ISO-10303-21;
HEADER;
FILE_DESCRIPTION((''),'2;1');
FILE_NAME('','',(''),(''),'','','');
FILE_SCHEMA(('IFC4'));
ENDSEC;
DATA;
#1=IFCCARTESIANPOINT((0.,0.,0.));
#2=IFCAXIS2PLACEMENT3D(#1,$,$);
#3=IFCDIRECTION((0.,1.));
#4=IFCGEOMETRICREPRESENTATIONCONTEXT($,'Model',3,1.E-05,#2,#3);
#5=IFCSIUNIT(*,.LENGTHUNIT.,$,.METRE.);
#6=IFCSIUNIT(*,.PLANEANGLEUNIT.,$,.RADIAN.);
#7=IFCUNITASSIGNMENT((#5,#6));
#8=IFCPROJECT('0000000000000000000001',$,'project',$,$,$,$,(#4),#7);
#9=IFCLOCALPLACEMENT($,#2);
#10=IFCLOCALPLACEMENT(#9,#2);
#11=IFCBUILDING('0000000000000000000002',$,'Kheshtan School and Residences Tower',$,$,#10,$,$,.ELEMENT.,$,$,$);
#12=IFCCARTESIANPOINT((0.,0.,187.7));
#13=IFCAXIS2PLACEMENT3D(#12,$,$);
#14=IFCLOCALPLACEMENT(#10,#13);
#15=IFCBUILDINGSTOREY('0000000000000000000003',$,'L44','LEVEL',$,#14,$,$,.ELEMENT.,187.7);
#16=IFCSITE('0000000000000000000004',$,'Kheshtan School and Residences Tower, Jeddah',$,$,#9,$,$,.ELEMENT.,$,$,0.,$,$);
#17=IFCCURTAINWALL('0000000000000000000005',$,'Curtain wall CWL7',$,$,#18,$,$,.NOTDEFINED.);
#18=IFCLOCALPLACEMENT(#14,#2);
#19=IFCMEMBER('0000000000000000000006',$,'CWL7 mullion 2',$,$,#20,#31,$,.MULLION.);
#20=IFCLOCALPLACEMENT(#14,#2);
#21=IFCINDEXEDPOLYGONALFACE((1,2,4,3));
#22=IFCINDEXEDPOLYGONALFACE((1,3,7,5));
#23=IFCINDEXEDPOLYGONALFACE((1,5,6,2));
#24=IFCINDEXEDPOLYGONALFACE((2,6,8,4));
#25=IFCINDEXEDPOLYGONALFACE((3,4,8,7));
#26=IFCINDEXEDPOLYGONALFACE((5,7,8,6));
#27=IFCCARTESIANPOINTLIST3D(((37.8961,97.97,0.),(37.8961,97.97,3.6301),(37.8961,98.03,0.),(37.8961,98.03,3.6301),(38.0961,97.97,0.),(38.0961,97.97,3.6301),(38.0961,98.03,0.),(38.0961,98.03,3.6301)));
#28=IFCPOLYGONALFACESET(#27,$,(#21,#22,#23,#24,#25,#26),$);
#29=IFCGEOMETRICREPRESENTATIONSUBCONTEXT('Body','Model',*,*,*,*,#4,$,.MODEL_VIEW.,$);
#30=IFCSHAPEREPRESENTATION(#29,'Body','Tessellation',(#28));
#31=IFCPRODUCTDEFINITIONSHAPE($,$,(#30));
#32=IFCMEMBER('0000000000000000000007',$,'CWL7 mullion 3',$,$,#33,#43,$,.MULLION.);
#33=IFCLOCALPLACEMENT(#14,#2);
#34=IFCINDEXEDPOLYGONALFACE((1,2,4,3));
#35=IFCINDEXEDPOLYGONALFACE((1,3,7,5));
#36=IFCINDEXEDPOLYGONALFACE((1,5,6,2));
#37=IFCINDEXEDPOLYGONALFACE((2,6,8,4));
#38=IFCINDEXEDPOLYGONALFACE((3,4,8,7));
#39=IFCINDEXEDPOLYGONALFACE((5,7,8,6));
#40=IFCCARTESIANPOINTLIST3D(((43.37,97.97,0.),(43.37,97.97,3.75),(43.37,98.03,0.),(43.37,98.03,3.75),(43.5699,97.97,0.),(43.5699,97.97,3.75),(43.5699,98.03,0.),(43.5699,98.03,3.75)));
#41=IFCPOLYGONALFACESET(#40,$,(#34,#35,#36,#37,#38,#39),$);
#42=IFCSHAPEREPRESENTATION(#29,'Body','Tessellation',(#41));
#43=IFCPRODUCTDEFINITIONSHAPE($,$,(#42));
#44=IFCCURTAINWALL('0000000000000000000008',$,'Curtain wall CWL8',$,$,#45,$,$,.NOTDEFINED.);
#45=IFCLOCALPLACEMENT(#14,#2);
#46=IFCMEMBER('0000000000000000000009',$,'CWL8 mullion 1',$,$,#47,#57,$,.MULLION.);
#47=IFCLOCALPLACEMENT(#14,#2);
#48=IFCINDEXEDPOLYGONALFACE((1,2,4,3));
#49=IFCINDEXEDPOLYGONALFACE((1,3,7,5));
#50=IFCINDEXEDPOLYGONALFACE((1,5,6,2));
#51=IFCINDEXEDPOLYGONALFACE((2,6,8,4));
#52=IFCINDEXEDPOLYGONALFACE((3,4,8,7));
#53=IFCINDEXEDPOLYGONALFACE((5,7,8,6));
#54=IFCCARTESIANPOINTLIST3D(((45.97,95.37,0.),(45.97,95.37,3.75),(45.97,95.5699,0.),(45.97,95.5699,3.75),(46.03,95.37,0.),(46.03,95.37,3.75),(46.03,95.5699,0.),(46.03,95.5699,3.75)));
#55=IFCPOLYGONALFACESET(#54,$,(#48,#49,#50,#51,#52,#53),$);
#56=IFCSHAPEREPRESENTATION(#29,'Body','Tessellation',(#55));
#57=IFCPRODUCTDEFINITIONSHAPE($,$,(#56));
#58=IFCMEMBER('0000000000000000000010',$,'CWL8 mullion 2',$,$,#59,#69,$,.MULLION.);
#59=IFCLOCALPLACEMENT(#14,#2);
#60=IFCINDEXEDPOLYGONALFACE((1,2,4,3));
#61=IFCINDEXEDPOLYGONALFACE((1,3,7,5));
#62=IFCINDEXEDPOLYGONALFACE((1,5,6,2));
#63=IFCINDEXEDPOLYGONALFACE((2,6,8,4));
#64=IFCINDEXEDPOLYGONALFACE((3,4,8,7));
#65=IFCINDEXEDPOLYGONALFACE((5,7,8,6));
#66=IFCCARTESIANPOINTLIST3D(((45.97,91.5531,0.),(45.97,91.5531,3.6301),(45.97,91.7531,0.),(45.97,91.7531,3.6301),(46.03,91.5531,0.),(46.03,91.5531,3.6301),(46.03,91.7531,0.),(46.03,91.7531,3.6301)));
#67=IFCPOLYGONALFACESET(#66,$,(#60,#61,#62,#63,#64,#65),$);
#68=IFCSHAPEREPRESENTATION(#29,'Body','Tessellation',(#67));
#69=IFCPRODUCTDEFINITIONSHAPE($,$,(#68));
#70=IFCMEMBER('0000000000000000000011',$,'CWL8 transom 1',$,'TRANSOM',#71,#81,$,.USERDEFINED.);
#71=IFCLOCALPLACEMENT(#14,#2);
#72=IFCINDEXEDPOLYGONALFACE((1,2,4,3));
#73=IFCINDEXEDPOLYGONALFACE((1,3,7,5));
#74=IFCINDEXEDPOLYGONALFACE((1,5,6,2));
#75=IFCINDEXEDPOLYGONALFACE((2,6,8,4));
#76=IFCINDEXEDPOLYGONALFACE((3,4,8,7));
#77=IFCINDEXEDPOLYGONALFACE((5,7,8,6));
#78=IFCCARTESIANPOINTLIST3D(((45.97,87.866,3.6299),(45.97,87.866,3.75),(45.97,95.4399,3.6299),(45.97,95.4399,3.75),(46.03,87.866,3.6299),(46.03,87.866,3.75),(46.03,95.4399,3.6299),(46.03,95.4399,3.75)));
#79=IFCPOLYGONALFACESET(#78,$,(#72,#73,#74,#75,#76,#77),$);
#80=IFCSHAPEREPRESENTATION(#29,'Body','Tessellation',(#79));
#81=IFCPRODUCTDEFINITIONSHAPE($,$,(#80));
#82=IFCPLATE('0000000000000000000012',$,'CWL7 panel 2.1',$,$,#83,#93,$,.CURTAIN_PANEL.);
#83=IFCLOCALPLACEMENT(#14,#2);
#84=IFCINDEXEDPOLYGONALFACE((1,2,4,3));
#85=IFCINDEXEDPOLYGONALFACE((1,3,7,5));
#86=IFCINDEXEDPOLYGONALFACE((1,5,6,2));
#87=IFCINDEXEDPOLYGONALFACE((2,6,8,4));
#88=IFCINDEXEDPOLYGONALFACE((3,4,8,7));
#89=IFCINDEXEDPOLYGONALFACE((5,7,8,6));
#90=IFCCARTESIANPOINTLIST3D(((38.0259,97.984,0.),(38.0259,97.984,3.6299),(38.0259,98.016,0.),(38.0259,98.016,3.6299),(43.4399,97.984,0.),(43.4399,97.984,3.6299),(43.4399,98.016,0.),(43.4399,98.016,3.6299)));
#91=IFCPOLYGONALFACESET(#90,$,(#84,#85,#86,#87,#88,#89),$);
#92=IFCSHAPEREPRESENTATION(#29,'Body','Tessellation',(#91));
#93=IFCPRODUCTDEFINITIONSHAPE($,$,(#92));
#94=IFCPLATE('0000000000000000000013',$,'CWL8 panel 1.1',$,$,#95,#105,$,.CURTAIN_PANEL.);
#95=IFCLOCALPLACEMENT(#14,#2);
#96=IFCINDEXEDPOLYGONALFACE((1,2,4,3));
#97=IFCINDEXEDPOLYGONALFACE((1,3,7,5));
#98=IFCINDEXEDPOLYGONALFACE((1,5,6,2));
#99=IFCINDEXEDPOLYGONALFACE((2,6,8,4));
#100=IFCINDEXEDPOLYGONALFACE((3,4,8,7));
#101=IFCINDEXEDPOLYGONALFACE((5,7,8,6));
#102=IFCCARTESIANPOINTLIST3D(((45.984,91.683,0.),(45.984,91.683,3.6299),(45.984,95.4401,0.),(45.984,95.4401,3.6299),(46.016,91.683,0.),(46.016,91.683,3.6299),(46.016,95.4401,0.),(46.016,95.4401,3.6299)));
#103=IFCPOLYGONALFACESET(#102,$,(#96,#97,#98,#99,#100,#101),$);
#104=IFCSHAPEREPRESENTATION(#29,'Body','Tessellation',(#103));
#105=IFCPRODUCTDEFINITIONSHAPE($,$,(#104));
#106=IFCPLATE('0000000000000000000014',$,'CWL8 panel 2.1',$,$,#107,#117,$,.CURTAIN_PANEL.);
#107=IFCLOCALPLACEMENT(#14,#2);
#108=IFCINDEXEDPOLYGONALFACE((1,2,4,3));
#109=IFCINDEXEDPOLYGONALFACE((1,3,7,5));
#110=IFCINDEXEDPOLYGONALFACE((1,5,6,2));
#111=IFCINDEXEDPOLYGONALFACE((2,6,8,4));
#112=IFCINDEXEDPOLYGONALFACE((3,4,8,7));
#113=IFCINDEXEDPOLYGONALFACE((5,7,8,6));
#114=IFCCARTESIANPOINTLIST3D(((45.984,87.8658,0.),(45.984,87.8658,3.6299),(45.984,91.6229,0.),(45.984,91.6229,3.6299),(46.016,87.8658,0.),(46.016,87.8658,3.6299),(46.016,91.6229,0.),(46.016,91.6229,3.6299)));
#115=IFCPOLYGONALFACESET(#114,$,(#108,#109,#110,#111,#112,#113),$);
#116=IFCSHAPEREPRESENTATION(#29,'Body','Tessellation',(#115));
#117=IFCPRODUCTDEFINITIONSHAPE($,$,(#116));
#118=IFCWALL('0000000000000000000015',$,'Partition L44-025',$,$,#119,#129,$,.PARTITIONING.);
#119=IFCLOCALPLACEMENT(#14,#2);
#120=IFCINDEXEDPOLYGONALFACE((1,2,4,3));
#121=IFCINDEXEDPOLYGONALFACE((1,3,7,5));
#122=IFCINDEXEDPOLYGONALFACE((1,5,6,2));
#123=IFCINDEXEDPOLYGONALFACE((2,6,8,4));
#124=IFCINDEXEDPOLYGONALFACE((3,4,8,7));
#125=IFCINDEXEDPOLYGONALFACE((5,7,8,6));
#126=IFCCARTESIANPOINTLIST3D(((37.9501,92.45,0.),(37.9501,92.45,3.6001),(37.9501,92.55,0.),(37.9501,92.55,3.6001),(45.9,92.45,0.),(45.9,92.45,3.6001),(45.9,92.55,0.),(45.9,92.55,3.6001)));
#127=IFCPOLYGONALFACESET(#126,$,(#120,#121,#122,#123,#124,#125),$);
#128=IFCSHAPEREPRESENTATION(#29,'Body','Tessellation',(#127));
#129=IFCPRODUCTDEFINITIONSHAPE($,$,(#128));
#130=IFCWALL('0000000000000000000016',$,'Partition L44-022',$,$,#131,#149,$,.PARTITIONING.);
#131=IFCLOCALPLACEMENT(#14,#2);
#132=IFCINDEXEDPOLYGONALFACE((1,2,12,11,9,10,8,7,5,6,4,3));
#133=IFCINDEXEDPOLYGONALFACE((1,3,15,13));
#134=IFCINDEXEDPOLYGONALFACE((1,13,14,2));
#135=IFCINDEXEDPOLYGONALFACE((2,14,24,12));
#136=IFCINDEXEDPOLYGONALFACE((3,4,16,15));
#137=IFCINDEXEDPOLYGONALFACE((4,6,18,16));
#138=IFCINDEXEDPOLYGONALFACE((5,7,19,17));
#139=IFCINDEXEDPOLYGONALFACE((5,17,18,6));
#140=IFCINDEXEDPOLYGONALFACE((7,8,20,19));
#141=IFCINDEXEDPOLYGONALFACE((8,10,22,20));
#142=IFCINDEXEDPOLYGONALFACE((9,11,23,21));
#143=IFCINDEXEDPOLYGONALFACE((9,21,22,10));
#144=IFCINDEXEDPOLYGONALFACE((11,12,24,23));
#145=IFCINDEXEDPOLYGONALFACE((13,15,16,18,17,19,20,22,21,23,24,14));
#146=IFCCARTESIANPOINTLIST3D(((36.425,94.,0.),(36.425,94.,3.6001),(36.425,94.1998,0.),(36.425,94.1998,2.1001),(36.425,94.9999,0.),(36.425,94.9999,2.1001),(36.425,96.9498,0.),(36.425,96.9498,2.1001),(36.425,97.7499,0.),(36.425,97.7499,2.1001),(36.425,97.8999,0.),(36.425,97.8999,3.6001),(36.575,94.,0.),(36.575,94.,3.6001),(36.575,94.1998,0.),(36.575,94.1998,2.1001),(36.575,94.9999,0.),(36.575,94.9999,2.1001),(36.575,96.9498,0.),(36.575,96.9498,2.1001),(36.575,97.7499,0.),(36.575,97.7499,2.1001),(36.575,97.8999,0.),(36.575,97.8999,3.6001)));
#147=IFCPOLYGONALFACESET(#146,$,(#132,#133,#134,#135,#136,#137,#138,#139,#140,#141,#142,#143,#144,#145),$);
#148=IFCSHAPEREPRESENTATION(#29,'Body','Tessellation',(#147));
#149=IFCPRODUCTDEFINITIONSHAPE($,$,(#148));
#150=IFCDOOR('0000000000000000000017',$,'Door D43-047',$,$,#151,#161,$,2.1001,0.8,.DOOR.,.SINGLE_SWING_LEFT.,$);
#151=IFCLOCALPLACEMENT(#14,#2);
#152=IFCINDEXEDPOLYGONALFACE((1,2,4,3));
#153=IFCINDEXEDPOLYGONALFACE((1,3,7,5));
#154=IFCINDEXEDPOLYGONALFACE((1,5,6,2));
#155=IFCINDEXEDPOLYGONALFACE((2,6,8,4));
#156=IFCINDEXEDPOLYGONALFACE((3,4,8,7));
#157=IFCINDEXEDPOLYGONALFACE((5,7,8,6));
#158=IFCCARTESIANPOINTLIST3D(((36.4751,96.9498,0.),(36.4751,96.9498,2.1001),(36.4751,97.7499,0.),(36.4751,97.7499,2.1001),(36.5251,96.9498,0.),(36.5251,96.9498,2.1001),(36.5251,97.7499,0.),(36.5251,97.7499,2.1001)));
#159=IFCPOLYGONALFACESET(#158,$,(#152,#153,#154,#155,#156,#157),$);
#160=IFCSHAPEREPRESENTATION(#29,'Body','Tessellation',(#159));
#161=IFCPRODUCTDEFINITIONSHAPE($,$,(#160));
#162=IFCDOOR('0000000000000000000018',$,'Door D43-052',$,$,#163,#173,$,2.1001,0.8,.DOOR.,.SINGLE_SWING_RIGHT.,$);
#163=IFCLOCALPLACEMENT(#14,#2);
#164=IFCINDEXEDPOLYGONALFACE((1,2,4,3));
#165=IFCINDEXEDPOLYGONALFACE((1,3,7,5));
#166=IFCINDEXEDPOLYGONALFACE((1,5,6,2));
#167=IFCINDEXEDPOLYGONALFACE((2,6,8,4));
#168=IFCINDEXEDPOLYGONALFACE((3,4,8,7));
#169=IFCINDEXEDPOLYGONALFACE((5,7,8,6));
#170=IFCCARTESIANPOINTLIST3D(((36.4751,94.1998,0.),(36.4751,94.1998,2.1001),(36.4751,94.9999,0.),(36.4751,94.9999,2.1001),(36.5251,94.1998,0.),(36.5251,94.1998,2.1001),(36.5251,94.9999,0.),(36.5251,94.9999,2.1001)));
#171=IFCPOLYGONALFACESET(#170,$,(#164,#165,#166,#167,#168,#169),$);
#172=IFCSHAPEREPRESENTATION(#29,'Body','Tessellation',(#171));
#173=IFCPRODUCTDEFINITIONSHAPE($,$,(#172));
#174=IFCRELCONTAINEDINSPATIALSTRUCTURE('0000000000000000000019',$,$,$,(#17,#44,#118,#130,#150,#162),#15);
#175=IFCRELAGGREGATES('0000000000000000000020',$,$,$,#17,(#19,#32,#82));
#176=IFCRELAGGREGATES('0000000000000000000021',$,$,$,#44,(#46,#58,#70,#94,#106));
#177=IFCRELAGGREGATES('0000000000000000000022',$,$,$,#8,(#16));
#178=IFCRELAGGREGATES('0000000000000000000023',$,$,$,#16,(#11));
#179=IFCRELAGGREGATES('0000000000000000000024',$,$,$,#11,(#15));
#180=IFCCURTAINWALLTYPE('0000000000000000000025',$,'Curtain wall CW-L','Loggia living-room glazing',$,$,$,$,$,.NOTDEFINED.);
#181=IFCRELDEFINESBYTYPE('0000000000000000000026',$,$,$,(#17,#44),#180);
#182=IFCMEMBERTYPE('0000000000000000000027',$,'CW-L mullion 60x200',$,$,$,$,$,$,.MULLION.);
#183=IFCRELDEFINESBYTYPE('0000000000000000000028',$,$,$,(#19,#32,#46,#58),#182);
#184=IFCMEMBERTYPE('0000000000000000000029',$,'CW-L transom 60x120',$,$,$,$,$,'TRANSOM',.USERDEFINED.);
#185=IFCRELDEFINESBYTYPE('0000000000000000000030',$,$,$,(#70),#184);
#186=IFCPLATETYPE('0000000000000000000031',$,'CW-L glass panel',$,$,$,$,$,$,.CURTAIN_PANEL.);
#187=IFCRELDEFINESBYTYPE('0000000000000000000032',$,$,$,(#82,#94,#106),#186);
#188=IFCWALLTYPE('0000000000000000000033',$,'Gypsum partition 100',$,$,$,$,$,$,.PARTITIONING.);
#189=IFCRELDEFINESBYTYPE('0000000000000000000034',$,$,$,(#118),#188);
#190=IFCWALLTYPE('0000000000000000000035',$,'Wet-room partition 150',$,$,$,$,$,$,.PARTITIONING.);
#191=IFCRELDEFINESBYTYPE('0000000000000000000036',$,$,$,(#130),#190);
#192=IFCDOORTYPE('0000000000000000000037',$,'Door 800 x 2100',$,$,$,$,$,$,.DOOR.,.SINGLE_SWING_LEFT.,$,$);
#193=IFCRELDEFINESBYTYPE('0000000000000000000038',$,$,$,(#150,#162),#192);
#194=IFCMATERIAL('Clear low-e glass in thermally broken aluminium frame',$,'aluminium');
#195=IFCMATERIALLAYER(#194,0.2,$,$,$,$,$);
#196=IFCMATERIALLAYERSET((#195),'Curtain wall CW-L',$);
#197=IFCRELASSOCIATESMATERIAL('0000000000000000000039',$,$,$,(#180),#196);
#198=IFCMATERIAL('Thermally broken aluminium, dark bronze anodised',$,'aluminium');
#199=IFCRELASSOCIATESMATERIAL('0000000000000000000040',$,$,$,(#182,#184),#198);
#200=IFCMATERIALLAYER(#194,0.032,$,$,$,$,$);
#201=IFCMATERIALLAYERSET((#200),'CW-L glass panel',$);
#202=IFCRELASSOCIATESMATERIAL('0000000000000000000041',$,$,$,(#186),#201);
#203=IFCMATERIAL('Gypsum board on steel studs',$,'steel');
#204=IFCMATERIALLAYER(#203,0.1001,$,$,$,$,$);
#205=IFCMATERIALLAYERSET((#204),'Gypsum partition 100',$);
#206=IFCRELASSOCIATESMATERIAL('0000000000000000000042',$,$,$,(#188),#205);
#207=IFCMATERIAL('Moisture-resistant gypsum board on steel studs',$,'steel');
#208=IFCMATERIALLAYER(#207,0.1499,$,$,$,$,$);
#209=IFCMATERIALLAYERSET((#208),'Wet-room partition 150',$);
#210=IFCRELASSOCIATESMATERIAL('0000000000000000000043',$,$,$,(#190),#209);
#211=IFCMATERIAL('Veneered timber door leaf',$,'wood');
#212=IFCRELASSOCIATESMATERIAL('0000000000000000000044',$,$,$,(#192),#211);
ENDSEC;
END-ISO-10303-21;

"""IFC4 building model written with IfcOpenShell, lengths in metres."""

from ifc_helpers import new_model, si_unit, direction, frame, frame_2d, origin, origin_2d, place, context, subcontext, project, spatial, rectangle, extrude, source, transform, mapped, material, layer, layer_set, material_profile, profile_set, type_object, element, fill, aggregate, save


model = new_model("IFC4")

# Units and contexts
model_context = context("Model", 3, precision=1e-05, world=origin(), true_north=direction((0.0, 1.0)))
body_context = subcontext(model_context, "Body", "Model", "MODEL_VIEW")
ifc_project = project(units=[si_unit("LENGTHUNIT", "METRE"), si_unit("PLANEANGLEUNIT", "RADIAN")], contexts=[model_context])

# Site, building, storey
site_placement = place(None, origin())
site = spatial("IfcSite", under=ifc_project, at=site_placement, Name="Kheshtan School and Residences Tower, Jeddah", CompositionType="ELEMENT", RefElevation=0.0)
building_placement = place(site_placement, origin())
building = spatial("IfcBuilding", under=site, at=building_placement, Name="Kheshtan School and Residences Tower", CompositionType="ELEMENT")
storey_placement = place(building_placement, frame((0.0, 0.0, 187.7)))
storey = spatial("IfcBuildingStorey", under=building, at=storey_placement, Name="L44", Description="LEVEL", CompositionType="ELEMENT", Elevation=187.7)

# Curtain walls, members
ifc_material_1 = material(Name="Clear low-e glass in thermally broken aluminium frame", Category="aluminium")
ifc_layer_1 = layer(ifc_material_1, 0.2)
ifc_layer_set_1 = layer_set([ifc_layer_1], Name="Curtain wall CW-L")
curtain_wall_type = type_object("IfcCurtainWallType", Name="Curtain wall CW-L", Description="Loggia living-room glazing", PredefinedType="NOTDEFINED", material=ifc_layer_set_1)
curtain_wall_1_placement = place(storey_placement, origin())
curtain_wall_1 = element("IfcCurtainWall", 1, at=curtain_wall_1_placement, inside=storey, type_object=curtain_wall_type, Name="Curtain wall CWL7", PredefinedType="NOTDEFINED")
ifc_material_2 = material(Name="Thermally broken aluminium, dark bronze anodised", Category="aluminium")
ifc_material_profile_1 = material_profile(ifc_material_2, rectangle(XDim=0.0601, YDim=0.2, at=origin_2d()), Name="CW-L mullion 60x200")
ifc_profile_set_1 = profile_set([ifc_material_profile_1], Name="Thermally broken aluminium, dark bronze anodised")
member_type_1 = type_object("IfcMemberType", Name="CW-L mullion 60x200", PredefinedType="MULLION", material=ifc_profile_set_1)
member_1_placement = place(storey_placement, frame((37.9961, 98.0, 0.0), z_axis=(0.0, 0.0, 1.0), x_axis=(0.0, 1.0, 0.0)))
member_1 = element("IfcMember", 2, at=member_1_placement, type_object=member_type_1, Name="CWL7 mullion 2", PredefinedType="MULLION", context=body_context, shape_type="SweptSolid", body=[
    extrude(rectangle(XDim=0.0601, YDim=0.2, at=origin_2d()), origin(), (0.0, 0.0, 1.0), 3.6301),
])
member_2_placement = place(storey_placement, frame((43.47, 98.0, 0.0), z_axis=(0.0, 0.0, 1.0), x_axis=(0.0, 1.0, 0.0)))
member_2 = element("IfcMember", 3, at=member_2_placement, type_object=member_type_1, Name="CWL7 mullion 3", PredefinedType="MULLION", context=body_context, shape_type="SweptSolid", body=[
    extrude(rectangle(XDim=0.0601, YDim=0.2, at=origin_2d()), origin(), (0.0, 0.0, 1.0), 3.75),
])
curtain_wall_2_placement = place(storey_placement, origin())
curtain_wall_2 = element("IfcCurtainWall", 4, at=curtain_wall_2_placement, inside=storey, type_object=curtain_wall_type, Name="Curtain wall CWL8", PredefinedType="NOTDEFINED")
member_3_placement = place(storey_placement, frame((46.0, 95.47, 0.0), z_axis=(0.0, 0.0, 1.0), x_axis=(1.0, 0.0, 0.0)))
member_3 = element("IfcMember", 5, at=member_3_placement, type_object=member_type_1, Name="CWL8 mullion 1", PredefinedType="MULLION", context=body_context, shape_type="SweptSolid", body=[
    extrude(rectangle(XDim=0.0601, YDim=0.2, at=origin_2d()), origin(), (0.0, 0.0, 1.0), 3.75),
])
member_4_placement = place(storey_placement, frame((46.0, 91.6531, 0.0), z_axis=(0.0, 0.0, 1.0), x_axis=(1.0, 0.0, 0.0)))
member_4 = element("IfcMember", 6, at=member_4_placement, type_object=member_type_1, Name="CWL8 mullion 2", PredefinedType="MULLION", context=body_context, shape_type="SweptSolid", body=[
    extrude(rectangle(XDim=0.0601, YDim=0.2, at=origin_2d()), origin(), (0.0, 0.0, 1.0), 3.6301),
])
ifc_material_profile_2 = material_profile(ifc_material_2, rectangle(XDim=0.0601, YDim=0.1201, at=origin_2d()), Name="CW-L transom 60x120")
ifc_profile_set_2 = profile_set([ifc_material_profile_2], Name="Thermally broken aluminium, dark bronze anodised")
member_type_2 = type_object("IfcMemberType", Name="CW-L transom 60x120", ElementType="TRANSOM", PredefinedType="USERDEFINED", material=ifc_profile_set_2)
member_5_placement = place(storey_placement, frame((46.0, 95.4399, 3.6899), z_axis=(0.0, -1.0, 0.0), x_axis=(1.0, 0.0, 0.0)))
member_5 = element("IfcMember", 7, at=member_5_placement, type_object=member_type_2, Name="CWL8 transom 1", ObjectType="TRANSOM", PredefinedType="USERDEFINED", context=body_context, shape_type="SweptSolid", body=[
    extrude(rectangle(XDim=0.0601, YDim=0.1201, at=origin_2d()), origin(), (0.0, 0.0, 1.0), 7.574),
])

# Plates
ifc_layer_2 = layer(ifc_material_1, 0.032)
ifc_layer_set_2 = layer_set([ifc_layer_2], Name="CW-L glass panel")
plate_type = type_object("IfcPlateType", Name="CW-L glass panel", PredefinedType="CURTAIN_PANEL", material=ifc_layer_set_2)
plate_1_placement = place(storey_placement, frame((40.7329, 98.0, 0.0), z_axis=(0.0, 0.0, 1.0), x_axis=(1.0, 0.0, 0.0)))
plate_1 = element("IfcPlate", 8, at=plate_1_placement, type_object=plate_type, Name="CWL7 panel 2.1", PredefinedType="CURTAIN_PANEL", context=body_context, shape_type="SweptSolid", body=[
    extrude(rectangle(XDim=5.4141, YDim=0.032, at=origin_2d()), origin(), (0.0, 0.0, 1.0), 3.6299),
])
aggregate(curtain_wall_1, [member_1, member_2, plate_1])
plate_2_placement = place(storey_placement, frame((46.0, 93.5615, 0.0), z_axis=(0.0, 0.0, 1.0), x_axis=(0.0, -1.0, 0.0)))
plate_2 = element("IfcPlate", 9, at=plate_2_placement, type_object=plate_type, Name="CWL8 panel 1.1", PredefinedType="CURTAIN_PANEL", context=body_context, shape_type="SweptSolid", body=[
    extrude(rectangle(XDim=3.7571, YDim=0.032, at=origin_2d()), origin(), (0.0, 0.0, 1.0), 3.6299),
])
plate_3_placement = place(storey_placement, frame((46.0, 89.7444, 0.0), z_axis=(0.0, 0.0, 1.0), x_axis=(0.0, -1.0, 0.0)))
plate_3 = element("IfcPlate", 10, at=plate_3_placement, type_object=plate_type, Name="CWL8 panel 2.1", PredefinedType="CURTAIN_PANEL", context=body_context, shape_type="SweptSolid", body=[
    extrude(rectangle(XDim=3.7571, YDim=0.032, at=origin_2d()), origin(), (0.0, 0.0, 1.0), 3.6299),
])
aggregate(curtain_wall_2, [member_3, member_4, member_5, plate_2, plate_3])

# Wall
ifc_material_3 = material(Name="Gypsum board on steel studs", Category="steel")
ifc_layer_3 = layer(ifc_material_3, 0.1001)
ifc_layer_set_3 = layer_set([ifc_layer_3], Name="Gypsum partition 100")
wall_type_1 = type_object("IfcWallType", Name="Gypsum partition 100", PredefinedType="PARTITIONING", material=ifc_layer_set_3)
wall_1_placement = place(storey_placement, frame((37.95, 92.5, 0.0), z_axis=(0.0, 0.0, 1.0), x_axis=(1.0, 0.0, 0.0)))
element("IfcWall", 11, at=wall_1_placement, inside=storey, type_object=wall_type_1, Name="Partition L44-025", PredefinedType="PARTITIONING", context=body_context, shape_type="SweptSolid", body=[
    extrude(rectangle(XDim=7.95, YDim=0.1001, at=frame_2d((3.9751, 0.0))), origin(), (0.0, 0.0, 1.0), 3.6001),
])

# Wall, openings, doors
ifc_material_4 = material(Name="Moisture-resistant gypsum board on steel studs", Category="steel")
ifc_layer_4 = layer(ifc_material_4, 0.1499)
ifc_layer_set_4 = layer_set([ifc_layer_4], Name="Wet-room partition 150")
wall_type_2 = type_object("IfcWallType", Name="Wet-room partition 150", PredefinedType="PARTITIONING", material=ifc_layer_set_4)
wall_2_placement = place(storey_placement, frame((36.5, 94.0, 0.0), z_axis=(0.0, 0.0, 1.0), x_axis=(0.0, 1.0, 0.0)))
wall_2 = element("IfcWall", 12, at=wall_2_placement, inside=storey, type_object=wall_type_2, Name="Partition L44-022", PredefinedType="PARTITIONING", context=body_context, shape_type="SweptSolid", body=[
    extrude(rectangle(XDim=3.8999, YDim=0.1499, at=frame_2d((1.95, 0.0))), origin(), (0.0, 0.0, 1.0), 3.6001),
])
opening_1_placement = place(wall_2_placement, frame((2.95, 0.0, 0.0)))
opening_1 = element("IfcOpeningElement", 13, at=opening_1_placement, cuts=wall_2, PredefinedType="OPENING", context=body_context, shape_type="SweptSolid", body=[
    extrude(rectangle(XDim=0.8, YDim=2.1001, at=frame_2d((0.3999, 1.05))), frame((0.0, 0.085, 0.0), z_axis=(0.0, -1.0, 0.0), x_axis=(1.0, 0.0, 0.0)), (0.0, 0.0, 1.0), 0.1699),
])
opening_2_placement = place(wall_2_placement, frame((0.2, 0.0, 0.0)))
opening_2 = element("IfcOpeningElement", 14, at=opening_2_placement, cuts=wall_2, PredefinedType="OPENING", context=body_context, shape_type="SweptSolid", body=[
    extrude(rectangle(XDim=0.8, YDim=2.1001, at=frame_2d((0.3999, 1.05))), frame((0.0, 0.085, 0.0), z_axis=(0.0, -1.0, 0.0), x_axis=(1.0, 0.0, 0.0)), (0.0, 0.0, 1.0), 0.1699),
])
ifc_material_5 = material(Name="Veneered timber door leaf", Category="wood")
door_type_1 = type_object("IfcDoorType", Name="Door 800 x 2100", OperationType="SINGLE_SWING_LEFT", PredefinedType="DOOR", material=ifc_material_5)
shared_shape_1 = source(origin(), body_context, "Body", "SweptSolid", [
    extrude(rectangle(XDim=0.8, YDim=2.1001, at=frame_2d((0.3999, 1.05))), frame((0.0, 0.0249, 0.0), z_axis=(0.0, -1.0, 0.0), x_axis=(1.0, 0.0, 0.0)), (0.0, 0.0, 1.0), 0.05),
])
door_1_placement = place(opening_1_placement, origin())
door_1 = element("IfcDoor", 15, at=door_1_placement, inside=storey, type_object=door_type_1, Name="Door D43-047", OperationType="SINGLE_SWING_LEFT", OverallHeight=2.1001, OverallWidth=0.8, PredefinedType="DOOR", context=body_context, shape_type="MappedRepresentation", body=[
    mapped(shared_shape_1, transform((0.0, 0.0, 0.0), x_axis=(1.0, 0.0, 0.0), y_axis=(0.0, 1.0, 0.0), z_axis=(0.0, 0.0, 1.0), scale=1.0)),
])
fill(opening_1, door_1)
door_2_placement = place(opening_2_placement, origin())
door_2 = element("IfcDoor", 16, at=door_2_placement, inside=storey, type_object=door_type_1, Name="Door D43-052", OperationType="SINGLE_SWING_RIGHT", OverallHeight=2.1001, OverallWidth=0.8, PredefinedType="DOOR", context=body_context, shape_type="MappedRepresentation", body=[
    mapped(shared_shape_1, transform((0.0, 0.0, 0.0), x_axis=(1.0, 0.0, 0.0), y_axis=(0.0, 1.0, 0.0), z_axis=(0.0, 0.0, 1.0), scale=1.0)),
])
fill(opening_2, door_2)

save(model, "model.ifc")
